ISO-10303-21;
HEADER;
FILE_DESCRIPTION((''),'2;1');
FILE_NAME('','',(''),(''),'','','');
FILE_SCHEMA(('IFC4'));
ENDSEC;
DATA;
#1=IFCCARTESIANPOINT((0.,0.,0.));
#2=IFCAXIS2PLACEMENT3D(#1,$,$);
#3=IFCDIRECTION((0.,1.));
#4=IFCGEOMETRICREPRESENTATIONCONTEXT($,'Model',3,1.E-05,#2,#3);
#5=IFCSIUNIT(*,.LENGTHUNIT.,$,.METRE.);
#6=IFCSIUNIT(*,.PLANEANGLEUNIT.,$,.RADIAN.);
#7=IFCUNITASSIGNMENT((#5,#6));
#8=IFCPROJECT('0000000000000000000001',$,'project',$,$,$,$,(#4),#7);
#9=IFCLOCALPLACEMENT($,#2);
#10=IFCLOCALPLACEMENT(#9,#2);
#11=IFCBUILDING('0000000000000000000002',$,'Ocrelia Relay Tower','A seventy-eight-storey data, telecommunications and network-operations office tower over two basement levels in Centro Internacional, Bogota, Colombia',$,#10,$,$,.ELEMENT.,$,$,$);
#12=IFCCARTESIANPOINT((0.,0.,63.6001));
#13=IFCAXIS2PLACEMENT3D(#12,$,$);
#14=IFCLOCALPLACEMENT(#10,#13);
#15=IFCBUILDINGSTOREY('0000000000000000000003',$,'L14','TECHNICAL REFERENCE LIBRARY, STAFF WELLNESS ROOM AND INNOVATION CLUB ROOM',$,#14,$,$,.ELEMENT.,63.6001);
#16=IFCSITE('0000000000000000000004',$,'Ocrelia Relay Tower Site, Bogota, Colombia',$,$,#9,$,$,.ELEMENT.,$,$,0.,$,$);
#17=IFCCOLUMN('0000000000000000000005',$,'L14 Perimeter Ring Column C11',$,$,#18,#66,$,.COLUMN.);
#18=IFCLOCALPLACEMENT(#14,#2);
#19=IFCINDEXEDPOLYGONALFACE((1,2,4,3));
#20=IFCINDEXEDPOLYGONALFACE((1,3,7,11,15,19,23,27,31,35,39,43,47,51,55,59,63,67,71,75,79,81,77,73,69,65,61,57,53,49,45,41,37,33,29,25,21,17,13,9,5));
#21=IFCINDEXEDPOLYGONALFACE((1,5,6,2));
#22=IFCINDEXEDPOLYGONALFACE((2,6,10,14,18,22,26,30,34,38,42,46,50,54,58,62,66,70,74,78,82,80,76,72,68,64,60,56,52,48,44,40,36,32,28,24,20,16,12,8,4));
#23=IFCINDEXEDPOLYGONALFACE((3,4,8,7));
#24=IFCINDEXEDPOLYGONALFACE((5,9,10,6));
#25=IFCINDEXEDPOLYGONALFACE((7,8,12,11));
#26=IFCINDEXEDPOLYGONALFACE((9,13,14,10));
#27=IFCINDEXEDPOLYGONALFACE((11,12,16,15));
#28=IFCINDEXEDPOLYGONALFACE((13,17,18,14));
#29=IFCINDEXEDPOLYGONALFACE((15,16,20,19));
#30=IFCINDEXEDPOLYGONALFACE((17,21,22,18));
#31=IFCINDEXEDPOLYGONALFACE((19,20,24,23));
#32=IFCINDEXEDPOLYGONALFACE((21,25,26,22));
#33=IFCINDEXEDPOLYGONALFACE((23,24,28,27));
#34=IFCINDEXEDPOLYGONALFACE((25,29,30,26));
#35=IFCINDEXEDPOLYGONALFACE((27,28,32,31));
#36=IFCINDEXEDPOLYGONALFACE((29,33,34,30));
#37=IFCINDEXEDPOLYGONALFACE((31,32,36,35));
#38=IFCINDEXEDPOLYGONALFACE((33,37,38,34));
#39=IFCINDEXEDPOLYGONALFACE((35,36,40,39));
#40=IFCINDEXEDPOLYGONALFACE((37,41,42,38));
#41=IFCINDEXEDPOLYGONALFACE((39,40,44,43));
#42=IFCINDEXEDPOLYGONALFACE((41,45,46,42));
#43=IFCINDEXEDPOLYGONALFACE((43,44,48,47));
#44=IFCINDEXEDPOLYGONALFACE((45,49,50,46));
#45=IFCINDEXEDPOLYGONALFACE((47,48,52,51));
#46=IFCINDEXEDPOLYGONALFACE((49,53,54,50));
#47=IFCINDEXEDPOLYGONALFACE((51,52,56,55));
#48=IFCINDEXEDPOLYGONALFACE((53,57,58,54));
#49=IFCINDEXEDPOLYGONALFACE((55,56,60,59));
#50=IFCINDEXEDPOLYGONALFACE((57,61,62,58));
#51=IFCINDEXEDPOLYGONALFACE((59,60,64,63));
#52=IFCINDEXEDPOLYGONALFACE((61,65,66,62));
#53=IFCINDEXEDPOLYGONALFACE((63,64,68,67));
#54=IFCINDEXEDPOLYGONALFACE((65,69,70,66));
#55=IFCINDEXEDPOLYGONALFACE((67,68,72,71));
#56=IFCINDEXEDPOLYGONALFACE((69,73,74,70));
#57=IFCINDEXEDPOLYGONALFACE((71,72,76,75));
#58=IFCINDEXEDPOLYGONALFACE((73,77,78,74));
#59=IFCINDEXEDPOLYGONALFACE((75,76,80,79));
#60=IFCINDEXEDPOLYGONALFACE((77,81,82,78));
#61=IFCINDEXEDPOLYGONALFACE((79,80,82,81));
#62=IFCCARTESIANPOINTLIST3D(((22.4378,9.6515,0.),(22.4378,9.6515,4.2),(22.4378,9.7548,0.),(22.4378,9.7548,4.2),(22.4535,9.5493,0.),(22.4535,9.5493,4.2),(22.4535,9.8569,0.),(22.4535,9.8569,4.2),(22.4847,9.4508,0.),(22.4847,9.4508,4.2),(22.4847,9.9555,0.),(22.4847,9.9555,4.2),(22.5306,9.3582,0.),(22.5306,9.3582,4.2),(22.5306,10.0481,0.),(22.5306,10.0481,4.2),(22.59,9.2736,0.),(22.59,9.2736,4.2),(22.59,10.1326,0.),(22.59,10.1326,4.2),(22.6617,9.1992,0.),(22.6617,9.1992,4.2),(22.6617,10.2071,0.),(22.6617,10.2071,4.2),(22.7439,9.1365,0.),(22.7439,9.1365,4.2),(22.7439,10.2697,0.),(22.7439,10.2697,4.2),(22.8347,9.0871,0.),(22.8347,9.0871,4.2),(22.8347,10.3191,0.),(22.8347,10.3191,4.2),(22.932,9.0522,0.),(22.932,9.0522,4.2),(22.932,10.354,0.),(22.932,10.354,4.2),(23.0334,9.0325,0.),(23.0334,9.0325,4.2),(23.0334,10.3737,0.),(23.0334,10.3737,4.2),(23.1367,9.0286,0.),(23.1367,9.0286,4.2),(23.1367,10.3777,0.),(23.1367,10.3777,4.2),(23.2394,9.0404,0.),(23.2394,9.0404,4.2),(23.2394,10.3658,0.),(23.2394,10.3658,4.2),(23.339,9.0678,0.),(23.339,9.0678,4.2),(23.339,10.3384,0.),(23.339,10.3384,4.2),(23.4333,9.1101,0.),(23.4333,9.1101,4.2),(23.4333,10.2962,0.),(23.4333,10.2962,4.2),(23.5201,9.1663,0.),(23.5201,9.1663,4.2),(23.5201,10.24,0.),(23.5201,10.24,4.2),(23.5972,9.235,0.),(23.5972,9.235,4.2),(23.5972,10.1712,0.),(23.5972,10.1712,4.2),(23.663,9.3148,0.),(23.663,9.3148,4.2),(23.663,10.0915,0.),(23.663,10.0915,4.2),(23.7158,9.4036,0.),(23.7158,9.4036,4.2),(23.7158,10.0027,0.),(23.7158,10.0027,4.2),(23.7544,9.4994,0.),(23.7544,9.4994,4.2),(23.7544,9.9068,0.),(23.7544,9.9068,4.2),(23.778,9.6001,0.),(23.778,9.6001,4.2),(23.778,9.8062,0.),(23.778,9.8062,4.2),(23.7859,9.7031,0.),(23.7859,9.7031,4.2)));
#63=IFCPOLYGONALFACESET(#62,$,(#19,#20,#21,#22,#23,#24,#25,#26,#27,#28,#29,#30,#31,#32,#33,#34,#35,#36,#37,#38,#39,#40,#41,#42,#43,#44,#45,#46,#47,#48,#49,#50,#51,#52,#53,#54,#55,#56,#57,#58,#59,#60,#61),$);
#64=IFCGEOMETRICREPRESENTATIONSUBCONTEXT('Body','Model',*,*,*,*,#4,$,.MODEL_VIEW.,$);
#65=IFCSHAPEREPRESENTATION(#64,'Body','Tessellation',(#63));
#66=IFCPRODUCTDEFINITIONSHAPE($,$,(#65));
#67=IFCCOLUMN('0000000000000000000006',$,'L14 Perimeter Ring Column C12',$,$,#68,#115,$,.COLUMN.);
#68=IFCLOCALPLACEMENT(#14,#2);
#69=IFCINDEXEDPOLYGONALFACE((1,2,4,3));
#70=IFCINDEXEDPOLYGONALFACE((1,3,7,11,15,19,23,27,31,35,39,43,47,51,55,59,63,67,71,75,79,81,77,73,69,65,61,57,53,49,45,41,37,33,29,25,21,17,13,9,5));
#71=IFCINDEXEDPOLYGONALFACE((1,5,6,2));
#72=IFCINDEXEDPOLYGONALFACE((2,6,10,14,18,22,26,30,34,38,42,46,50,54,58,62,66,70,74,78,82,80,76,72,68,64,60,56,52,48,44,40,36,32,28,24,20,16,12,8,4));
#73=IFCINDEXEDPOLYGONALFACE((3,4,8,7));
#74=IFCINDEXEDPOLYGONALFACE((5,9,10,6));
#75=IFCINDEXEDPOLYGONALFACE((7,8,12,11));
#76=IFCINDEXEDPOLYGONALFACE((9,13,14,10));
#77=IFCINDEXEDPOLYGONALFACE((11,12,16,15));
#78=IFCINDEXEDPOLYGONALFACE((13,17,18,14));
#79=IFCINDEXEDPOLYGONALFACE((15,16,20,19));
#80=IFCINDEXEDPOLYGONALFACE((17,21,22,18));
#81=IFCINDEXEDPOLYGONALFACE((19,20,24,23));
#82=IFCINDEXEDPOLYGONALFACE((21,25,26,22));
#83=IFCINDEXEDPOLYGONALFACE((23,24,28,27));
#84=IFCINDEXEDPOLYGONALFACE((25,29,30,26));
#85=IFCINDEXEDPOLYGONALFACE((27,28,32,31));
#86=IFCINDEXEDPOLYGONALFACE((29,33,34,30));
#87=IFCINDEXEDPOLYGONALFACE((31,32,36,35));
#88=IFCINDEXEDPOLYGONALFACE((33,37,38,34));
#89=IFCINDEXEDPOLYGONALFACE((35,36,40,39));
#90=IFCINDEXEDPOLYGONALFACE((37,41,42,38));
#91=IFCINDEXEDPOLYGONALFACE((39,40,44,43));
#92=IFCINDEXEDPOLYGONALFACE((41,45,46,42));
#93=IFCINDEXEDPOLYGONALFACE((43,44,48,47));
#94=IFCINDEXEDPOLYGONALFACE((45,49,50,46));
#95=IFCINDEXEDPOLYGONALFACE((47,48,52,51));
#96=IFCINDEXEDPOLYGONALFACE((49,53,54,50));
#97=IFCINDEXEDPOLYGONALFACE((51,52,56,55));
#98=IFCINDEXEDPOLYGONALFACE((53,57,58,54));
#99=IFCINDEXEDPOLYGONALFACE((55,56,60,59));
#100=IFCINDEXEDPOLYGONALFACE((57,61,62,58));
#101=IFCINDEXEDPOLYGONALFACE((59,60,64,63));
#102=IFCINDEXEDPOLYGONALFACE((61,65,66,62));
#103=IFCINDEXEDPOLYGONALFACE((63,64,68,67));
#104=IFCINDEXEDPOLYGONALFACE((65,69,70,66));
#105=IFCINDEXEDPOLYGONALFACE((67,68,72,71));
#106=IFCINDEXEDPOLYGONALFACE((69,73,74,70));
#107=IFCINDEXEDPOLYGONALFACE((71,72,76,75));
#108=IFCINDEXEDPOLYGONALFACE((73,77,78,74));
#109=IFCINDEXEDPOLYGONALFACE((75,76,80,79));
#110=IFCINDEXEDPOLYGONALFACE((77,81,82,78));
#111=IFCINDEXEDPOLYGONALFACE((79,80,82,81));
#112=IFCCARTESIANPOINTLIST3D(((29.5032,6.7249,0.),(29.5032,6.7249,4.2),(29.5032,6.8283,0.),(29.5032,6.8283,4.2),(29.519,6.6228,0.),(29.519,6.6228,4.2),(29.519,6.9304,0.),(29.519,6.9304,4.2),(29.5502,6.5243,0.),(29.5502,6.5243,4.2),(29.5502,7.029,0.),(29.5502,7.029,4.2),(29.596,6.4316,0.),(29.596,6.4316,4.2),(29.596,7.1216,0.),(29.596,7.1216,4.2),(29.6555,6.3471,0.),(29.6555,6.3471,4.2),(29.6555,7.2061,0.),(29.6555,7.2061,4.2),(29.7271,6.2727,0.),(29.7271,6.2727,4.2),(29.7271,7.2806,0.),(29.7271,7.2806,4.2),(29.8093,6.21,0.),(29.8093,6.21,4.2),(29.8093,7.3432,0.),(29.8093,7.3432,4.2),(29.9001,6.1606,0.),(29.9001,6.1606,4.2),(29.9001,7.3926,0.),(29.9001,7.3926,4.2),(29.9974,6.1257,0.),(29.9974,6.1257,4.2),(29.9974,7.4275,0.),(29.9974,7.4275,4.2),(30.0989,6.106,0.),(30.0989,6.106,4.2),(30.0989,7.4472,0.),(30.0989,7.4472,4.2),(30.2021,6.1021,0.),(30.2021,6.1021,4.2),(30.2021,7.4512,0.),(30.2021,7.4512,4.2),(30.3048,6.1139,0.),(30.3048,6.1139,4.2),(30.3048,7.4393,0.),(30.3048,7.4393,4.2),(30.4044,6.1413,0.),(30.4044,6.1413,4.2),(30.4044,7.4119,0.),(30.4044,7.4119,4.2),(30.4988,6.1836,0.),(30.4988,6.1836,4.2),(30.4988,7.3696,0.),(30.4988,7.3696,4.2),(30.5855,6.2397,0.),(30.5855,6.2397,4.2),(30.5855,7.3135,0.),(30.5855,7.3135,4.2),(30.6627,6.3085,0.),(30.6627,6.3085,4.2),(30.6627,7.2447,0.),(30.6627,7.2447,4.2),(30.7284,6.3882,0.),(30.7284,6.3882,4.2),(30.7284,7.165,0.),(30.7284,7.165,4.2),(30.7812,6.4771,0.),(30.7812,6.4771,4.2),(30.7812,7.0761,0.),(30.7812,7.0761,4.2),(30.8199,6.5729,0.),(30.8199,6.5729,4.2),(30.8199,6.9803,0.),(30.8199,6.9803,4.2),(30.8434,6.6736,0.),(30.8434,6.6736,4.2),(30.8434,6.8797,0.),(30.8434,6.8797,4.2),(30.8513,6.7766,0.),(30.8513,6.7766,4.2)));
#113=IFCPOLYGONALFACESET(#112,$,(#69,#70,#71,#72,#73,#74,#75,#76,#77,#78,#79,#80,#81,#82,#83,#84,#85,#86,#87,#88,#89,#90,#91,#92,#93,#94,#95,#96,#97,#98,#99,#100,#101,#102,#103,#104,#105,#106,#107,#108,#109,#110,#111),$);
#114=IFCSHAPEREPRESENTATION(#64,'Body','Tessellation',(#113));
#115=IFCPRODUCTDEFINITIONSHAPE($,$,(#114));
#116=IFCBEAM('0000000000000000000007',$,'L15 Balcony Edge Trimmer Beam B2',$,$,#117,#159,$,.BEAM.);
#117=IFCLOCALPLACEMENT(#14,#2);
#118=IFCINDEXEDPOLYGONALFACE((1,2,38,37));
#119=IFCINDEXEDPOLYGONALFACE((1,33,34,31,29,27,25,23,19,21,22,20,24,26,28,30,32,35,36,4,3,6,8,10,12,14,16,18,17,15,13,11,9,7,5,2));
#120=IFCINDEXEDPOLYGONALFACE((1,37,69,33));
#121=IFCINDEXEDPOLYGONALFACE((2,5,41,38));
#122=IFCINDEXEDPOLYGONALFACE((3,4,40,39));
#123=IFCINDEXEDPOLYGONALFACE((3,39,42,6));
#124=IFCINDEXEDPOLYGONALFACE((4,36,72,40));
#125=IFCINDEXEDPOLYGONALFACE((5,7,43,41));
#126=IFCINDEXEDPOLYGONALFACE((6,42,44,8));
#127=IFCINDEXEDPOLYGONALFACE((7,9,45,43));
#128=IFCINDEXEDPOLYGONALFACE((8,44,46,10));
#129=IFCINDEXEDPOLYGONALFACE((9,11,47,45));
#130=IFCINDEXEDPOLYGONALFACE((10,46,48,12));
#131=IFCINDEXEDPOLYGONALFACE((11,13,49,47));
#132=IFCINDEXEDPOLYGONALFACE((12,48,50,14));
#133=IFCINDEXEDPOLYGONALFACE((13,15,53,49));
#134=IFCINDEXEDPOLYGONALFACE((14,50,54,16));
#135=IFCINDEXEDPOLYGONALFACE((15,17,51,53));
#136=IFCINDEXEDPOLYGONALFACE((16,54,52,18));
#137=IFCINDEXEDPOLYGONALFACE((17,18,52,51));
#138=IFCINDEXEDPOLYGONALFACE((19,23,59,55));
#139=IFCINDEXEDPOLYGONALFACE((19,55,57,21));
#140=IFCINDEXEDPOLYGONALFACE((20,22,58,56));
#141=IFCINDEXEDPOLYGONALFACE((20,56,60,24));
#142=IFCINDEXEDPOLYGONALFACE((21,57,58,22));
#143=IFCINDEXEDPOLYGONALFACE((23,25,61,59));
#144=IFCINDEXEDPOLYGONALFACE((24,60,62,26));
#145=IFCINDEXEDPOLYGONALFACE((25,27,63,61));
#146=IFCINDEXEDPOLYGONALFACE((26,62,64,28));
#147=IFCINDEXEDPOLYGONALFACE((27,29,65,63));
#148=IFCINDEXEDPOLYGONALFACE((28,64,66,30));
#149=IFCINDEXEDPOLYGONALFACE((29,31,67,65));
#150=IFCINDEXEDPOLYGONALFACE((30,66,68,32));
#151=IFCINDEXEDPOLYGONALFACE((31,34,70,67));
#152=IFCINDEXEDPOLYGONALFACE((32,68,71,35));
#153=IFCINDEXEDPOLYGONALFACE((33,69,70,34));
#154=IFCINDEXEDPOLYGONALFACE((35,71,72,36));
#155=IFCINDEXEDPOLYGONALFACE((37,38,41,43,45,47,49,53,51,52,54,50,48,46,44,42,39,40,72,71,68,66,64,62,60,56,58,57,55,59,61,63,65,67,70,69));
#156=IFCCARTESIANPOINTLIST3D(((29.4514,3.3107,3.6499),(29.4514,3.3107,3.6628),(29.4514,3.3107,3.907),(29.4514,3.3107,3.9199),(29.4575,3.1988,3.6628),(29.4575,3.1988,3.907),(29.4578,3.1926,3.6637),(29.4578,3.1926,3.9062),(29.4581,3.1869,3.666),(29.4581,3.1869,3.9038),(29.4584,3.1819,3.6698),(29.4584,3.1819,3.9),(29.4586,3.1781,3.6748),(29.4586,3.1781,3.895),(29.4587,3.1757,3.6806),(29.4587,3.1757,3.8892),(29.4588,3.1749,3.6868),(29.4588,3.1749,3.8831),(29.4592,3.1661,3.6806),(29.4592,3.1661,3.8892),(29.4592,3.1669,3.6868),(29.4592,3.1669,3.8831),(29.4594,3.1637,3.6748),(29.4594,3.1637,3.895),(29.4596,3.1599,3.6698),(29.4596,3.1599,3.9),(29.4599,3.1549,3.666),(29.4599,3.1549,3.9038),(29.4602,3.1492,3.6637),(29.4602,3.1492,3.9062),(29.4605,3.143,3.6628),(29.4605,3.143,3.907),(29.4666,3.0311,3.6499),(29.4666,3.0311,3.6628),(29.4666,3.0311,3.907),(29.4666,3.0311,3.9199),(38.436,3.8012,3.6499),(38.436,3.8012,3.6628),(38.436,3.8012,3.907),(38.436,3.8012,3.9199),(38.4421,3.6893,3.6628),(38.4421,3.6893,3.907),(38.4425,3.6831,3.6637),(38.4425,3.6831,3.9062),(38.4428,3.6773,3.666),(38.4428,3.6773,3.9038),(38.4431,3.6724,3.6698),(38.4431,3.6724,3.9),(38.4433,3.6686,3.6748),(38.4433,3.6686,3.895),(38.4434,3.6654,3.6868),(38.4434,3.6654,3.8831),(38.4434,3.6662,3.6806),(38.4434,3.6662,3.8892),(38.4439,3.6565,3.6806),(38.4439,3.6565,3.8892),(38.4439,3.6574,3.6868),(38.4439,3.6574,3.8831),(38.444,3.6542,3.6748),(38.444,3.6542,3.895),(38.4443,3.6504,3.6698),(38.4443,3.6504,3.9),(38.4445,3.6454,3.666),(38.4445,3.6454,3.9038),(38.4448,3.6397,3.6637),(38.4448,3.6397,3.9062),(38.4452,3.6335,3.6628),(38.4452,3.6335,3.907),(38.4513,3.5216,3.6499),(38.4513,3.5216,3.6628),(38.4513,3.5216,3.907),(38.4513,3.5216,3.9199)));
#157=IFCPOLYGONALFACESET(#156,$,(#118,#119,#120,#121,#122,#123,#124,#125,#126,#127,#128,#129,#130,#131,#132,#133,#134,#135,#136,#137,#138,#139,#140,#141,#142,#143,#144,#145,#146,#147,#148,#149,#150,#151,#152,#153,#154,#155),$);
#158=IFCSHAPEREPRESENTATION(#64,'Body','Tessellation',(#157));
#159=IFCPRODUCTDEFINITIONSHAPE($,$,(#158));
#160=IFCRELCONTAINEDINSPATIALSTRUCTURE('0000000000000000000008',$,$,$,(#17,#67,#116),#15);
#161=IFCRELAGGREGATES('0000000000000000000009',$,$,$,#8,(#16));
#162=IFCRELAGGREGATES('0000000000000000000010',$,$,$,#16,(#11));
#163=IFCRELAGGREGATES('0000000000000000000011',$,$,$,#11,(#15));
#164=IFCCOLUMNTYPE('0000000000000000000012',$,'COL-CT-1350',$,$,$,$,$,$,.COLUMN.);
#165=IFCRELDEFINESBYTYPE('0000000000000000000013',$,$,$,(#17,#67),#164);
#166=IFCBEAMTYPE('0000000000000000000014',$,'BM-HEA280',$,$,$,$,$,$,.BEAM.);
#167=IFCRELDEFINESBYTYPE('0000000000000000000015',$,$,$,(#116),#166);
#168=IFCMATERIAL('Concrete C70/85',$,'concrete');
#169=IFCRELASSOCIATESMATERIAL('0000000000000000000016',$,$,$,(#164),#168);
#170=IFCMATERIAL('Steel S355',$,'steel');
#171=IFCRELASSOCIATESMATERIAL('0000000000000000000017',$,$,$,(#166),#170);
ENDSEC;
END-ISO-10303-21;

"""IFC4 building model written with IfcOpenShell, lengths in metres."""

from ifc_helpers import new_model, si_unit, direction, frame, origin, origin_2d, place, context, subcontext, project, spatial, circle, i_section, extrude, material, material_profile, profile_set, type_object, element, save


model = new_model("IFC4")

# Units and contexts
model_context = context("Model", 3, precision=1e-05, world=origin(), true_north=direction((0.0, 1.0)))
body_context = subcontext(model_context, "Body", "Model", "MODEL_VIEW")
ifc_project = project(units=[si_unit("LENGTHUNIT", "METRE"), si_unit("PLANEANGLEUNIT", "RADIAN")], contexts=[model_context])

# Site, building, storey
site_placement = place(None, origin())
site = spatial("IfcSite", under=ifc_project, at=site_placement, Name="Ocrelia Relay Tower Site, Bogota, Colombia", CompositionType="ELEMENT", RefElevation=0.0)
building_placement = place(site_placement, origin())
building = spatial("IfcBuilding", under=site, at=building_placement, Name="Ocrelia Relay Tower", Description="A seventy-eight-storey data, telecommunications and network-operations office tower over two basement levels in Centro Internacional, Bogota, Colombia", CompositionType="ELEMENT")
storey_placement = place(building_placement, frame((0.0, 0.0, 63.6001)))
storey = spatial("IfcBuildingStorey", under=building, at=storey_placement, Name="L14", Description="TECHNICAL REFERENCE LIBRARY, STAFF WELLNESS ROOM AND INNOVATION CLUB ROOM", CompositionType="ELEMENT", Elevation=63.6001)

# Columns
ifc_material_1 = material(Name="Concrete C70/85", Category="concrete")
ifc_material_profile_1 = material_profile(ifc_material_1, circle(Radius=0.675, at=origin_2d()), Name="RC-CIR-1350")
ifc_profile_set_1 = profile_set([ifc_material_profile_1], Name="Concrete C70/85")
column_type = type_object("IfcColumnType", Name="COL-CT-1350", PredefinedType="COLUMN", material=ifc_profile_set_1)
for number, where, z_axis, x_axis, name in (
    (1, (23.1108, 9.7031, 0.0), (0.0, 0.0, 1.0), (1.0, 0.0, 0.0), "L14 Perimeter Ring Column C11"),
    (2, (30.1763, 6.7766, 0.0), (0.0, 0.0, 1.0), (1.0, 0.0, 0.0), "L14 Perimeter Ring Column C12"),
):
    element("IfcColumn", number, at=place(storey_placement, frame(where, z_axis=z_axis, x_axis=x_axis)), inside=storey, type_object=column_type, Name=name, PredefinedType="COLUMN", context=body_context, shape_type="SweptSolid", body=[
        extrude(circle(Radius=0.675, at=origin_2d()), origin(), (0.0, 0.0, 1.0), 4.2),
    ])

# Beam
ifc_material_2 = material(Name="Steel S355", Category="steel")
ifc_material_profile_2 = material_profile(ifc_material_2, i_section(OverallWidth=0.28, OverallDepth=0.27, WebThickness=0.0081, FlangeThickness=0.0129, FilletRadius=0.0239, at=origin_2d()), Name="HEA 280")
ifc_profile_set_2 = profile_set([ifc_material_profile_2], Name="Steel S355")
beam_type_1 = type_object("IfcBeamType", Name="BM-HEA280", PredefinedType="BEAM", material=ifc_profile_set_2)
beam_1_placement = place(storey_placement, frame((29.459, 3.1709, 3.7849), z_axis=(0.998513, 0.05451, 0.0), x_axis=(-0.05451, 0.998513, 0.0)))
element("IfcBeam", 3, at=beam_1_placement, inside=storey, type_object=beam_type_1, Name="L15 Balcony Edge Trimmer Beam B2", PredefinedType="BEAM", context=body_context, shape_type="SweptSolid", body=[
    extrude(i_section(OverallWidth=0.28, OverallDepth=0.27, WebThickness=0.0081, FlangeThickness=0.0129, FilletRadius=0.0239, at=origin_2d()), origin(), (0.0, 0.0, 1.0), 8.998),
])

save(model, "model.ifc")
